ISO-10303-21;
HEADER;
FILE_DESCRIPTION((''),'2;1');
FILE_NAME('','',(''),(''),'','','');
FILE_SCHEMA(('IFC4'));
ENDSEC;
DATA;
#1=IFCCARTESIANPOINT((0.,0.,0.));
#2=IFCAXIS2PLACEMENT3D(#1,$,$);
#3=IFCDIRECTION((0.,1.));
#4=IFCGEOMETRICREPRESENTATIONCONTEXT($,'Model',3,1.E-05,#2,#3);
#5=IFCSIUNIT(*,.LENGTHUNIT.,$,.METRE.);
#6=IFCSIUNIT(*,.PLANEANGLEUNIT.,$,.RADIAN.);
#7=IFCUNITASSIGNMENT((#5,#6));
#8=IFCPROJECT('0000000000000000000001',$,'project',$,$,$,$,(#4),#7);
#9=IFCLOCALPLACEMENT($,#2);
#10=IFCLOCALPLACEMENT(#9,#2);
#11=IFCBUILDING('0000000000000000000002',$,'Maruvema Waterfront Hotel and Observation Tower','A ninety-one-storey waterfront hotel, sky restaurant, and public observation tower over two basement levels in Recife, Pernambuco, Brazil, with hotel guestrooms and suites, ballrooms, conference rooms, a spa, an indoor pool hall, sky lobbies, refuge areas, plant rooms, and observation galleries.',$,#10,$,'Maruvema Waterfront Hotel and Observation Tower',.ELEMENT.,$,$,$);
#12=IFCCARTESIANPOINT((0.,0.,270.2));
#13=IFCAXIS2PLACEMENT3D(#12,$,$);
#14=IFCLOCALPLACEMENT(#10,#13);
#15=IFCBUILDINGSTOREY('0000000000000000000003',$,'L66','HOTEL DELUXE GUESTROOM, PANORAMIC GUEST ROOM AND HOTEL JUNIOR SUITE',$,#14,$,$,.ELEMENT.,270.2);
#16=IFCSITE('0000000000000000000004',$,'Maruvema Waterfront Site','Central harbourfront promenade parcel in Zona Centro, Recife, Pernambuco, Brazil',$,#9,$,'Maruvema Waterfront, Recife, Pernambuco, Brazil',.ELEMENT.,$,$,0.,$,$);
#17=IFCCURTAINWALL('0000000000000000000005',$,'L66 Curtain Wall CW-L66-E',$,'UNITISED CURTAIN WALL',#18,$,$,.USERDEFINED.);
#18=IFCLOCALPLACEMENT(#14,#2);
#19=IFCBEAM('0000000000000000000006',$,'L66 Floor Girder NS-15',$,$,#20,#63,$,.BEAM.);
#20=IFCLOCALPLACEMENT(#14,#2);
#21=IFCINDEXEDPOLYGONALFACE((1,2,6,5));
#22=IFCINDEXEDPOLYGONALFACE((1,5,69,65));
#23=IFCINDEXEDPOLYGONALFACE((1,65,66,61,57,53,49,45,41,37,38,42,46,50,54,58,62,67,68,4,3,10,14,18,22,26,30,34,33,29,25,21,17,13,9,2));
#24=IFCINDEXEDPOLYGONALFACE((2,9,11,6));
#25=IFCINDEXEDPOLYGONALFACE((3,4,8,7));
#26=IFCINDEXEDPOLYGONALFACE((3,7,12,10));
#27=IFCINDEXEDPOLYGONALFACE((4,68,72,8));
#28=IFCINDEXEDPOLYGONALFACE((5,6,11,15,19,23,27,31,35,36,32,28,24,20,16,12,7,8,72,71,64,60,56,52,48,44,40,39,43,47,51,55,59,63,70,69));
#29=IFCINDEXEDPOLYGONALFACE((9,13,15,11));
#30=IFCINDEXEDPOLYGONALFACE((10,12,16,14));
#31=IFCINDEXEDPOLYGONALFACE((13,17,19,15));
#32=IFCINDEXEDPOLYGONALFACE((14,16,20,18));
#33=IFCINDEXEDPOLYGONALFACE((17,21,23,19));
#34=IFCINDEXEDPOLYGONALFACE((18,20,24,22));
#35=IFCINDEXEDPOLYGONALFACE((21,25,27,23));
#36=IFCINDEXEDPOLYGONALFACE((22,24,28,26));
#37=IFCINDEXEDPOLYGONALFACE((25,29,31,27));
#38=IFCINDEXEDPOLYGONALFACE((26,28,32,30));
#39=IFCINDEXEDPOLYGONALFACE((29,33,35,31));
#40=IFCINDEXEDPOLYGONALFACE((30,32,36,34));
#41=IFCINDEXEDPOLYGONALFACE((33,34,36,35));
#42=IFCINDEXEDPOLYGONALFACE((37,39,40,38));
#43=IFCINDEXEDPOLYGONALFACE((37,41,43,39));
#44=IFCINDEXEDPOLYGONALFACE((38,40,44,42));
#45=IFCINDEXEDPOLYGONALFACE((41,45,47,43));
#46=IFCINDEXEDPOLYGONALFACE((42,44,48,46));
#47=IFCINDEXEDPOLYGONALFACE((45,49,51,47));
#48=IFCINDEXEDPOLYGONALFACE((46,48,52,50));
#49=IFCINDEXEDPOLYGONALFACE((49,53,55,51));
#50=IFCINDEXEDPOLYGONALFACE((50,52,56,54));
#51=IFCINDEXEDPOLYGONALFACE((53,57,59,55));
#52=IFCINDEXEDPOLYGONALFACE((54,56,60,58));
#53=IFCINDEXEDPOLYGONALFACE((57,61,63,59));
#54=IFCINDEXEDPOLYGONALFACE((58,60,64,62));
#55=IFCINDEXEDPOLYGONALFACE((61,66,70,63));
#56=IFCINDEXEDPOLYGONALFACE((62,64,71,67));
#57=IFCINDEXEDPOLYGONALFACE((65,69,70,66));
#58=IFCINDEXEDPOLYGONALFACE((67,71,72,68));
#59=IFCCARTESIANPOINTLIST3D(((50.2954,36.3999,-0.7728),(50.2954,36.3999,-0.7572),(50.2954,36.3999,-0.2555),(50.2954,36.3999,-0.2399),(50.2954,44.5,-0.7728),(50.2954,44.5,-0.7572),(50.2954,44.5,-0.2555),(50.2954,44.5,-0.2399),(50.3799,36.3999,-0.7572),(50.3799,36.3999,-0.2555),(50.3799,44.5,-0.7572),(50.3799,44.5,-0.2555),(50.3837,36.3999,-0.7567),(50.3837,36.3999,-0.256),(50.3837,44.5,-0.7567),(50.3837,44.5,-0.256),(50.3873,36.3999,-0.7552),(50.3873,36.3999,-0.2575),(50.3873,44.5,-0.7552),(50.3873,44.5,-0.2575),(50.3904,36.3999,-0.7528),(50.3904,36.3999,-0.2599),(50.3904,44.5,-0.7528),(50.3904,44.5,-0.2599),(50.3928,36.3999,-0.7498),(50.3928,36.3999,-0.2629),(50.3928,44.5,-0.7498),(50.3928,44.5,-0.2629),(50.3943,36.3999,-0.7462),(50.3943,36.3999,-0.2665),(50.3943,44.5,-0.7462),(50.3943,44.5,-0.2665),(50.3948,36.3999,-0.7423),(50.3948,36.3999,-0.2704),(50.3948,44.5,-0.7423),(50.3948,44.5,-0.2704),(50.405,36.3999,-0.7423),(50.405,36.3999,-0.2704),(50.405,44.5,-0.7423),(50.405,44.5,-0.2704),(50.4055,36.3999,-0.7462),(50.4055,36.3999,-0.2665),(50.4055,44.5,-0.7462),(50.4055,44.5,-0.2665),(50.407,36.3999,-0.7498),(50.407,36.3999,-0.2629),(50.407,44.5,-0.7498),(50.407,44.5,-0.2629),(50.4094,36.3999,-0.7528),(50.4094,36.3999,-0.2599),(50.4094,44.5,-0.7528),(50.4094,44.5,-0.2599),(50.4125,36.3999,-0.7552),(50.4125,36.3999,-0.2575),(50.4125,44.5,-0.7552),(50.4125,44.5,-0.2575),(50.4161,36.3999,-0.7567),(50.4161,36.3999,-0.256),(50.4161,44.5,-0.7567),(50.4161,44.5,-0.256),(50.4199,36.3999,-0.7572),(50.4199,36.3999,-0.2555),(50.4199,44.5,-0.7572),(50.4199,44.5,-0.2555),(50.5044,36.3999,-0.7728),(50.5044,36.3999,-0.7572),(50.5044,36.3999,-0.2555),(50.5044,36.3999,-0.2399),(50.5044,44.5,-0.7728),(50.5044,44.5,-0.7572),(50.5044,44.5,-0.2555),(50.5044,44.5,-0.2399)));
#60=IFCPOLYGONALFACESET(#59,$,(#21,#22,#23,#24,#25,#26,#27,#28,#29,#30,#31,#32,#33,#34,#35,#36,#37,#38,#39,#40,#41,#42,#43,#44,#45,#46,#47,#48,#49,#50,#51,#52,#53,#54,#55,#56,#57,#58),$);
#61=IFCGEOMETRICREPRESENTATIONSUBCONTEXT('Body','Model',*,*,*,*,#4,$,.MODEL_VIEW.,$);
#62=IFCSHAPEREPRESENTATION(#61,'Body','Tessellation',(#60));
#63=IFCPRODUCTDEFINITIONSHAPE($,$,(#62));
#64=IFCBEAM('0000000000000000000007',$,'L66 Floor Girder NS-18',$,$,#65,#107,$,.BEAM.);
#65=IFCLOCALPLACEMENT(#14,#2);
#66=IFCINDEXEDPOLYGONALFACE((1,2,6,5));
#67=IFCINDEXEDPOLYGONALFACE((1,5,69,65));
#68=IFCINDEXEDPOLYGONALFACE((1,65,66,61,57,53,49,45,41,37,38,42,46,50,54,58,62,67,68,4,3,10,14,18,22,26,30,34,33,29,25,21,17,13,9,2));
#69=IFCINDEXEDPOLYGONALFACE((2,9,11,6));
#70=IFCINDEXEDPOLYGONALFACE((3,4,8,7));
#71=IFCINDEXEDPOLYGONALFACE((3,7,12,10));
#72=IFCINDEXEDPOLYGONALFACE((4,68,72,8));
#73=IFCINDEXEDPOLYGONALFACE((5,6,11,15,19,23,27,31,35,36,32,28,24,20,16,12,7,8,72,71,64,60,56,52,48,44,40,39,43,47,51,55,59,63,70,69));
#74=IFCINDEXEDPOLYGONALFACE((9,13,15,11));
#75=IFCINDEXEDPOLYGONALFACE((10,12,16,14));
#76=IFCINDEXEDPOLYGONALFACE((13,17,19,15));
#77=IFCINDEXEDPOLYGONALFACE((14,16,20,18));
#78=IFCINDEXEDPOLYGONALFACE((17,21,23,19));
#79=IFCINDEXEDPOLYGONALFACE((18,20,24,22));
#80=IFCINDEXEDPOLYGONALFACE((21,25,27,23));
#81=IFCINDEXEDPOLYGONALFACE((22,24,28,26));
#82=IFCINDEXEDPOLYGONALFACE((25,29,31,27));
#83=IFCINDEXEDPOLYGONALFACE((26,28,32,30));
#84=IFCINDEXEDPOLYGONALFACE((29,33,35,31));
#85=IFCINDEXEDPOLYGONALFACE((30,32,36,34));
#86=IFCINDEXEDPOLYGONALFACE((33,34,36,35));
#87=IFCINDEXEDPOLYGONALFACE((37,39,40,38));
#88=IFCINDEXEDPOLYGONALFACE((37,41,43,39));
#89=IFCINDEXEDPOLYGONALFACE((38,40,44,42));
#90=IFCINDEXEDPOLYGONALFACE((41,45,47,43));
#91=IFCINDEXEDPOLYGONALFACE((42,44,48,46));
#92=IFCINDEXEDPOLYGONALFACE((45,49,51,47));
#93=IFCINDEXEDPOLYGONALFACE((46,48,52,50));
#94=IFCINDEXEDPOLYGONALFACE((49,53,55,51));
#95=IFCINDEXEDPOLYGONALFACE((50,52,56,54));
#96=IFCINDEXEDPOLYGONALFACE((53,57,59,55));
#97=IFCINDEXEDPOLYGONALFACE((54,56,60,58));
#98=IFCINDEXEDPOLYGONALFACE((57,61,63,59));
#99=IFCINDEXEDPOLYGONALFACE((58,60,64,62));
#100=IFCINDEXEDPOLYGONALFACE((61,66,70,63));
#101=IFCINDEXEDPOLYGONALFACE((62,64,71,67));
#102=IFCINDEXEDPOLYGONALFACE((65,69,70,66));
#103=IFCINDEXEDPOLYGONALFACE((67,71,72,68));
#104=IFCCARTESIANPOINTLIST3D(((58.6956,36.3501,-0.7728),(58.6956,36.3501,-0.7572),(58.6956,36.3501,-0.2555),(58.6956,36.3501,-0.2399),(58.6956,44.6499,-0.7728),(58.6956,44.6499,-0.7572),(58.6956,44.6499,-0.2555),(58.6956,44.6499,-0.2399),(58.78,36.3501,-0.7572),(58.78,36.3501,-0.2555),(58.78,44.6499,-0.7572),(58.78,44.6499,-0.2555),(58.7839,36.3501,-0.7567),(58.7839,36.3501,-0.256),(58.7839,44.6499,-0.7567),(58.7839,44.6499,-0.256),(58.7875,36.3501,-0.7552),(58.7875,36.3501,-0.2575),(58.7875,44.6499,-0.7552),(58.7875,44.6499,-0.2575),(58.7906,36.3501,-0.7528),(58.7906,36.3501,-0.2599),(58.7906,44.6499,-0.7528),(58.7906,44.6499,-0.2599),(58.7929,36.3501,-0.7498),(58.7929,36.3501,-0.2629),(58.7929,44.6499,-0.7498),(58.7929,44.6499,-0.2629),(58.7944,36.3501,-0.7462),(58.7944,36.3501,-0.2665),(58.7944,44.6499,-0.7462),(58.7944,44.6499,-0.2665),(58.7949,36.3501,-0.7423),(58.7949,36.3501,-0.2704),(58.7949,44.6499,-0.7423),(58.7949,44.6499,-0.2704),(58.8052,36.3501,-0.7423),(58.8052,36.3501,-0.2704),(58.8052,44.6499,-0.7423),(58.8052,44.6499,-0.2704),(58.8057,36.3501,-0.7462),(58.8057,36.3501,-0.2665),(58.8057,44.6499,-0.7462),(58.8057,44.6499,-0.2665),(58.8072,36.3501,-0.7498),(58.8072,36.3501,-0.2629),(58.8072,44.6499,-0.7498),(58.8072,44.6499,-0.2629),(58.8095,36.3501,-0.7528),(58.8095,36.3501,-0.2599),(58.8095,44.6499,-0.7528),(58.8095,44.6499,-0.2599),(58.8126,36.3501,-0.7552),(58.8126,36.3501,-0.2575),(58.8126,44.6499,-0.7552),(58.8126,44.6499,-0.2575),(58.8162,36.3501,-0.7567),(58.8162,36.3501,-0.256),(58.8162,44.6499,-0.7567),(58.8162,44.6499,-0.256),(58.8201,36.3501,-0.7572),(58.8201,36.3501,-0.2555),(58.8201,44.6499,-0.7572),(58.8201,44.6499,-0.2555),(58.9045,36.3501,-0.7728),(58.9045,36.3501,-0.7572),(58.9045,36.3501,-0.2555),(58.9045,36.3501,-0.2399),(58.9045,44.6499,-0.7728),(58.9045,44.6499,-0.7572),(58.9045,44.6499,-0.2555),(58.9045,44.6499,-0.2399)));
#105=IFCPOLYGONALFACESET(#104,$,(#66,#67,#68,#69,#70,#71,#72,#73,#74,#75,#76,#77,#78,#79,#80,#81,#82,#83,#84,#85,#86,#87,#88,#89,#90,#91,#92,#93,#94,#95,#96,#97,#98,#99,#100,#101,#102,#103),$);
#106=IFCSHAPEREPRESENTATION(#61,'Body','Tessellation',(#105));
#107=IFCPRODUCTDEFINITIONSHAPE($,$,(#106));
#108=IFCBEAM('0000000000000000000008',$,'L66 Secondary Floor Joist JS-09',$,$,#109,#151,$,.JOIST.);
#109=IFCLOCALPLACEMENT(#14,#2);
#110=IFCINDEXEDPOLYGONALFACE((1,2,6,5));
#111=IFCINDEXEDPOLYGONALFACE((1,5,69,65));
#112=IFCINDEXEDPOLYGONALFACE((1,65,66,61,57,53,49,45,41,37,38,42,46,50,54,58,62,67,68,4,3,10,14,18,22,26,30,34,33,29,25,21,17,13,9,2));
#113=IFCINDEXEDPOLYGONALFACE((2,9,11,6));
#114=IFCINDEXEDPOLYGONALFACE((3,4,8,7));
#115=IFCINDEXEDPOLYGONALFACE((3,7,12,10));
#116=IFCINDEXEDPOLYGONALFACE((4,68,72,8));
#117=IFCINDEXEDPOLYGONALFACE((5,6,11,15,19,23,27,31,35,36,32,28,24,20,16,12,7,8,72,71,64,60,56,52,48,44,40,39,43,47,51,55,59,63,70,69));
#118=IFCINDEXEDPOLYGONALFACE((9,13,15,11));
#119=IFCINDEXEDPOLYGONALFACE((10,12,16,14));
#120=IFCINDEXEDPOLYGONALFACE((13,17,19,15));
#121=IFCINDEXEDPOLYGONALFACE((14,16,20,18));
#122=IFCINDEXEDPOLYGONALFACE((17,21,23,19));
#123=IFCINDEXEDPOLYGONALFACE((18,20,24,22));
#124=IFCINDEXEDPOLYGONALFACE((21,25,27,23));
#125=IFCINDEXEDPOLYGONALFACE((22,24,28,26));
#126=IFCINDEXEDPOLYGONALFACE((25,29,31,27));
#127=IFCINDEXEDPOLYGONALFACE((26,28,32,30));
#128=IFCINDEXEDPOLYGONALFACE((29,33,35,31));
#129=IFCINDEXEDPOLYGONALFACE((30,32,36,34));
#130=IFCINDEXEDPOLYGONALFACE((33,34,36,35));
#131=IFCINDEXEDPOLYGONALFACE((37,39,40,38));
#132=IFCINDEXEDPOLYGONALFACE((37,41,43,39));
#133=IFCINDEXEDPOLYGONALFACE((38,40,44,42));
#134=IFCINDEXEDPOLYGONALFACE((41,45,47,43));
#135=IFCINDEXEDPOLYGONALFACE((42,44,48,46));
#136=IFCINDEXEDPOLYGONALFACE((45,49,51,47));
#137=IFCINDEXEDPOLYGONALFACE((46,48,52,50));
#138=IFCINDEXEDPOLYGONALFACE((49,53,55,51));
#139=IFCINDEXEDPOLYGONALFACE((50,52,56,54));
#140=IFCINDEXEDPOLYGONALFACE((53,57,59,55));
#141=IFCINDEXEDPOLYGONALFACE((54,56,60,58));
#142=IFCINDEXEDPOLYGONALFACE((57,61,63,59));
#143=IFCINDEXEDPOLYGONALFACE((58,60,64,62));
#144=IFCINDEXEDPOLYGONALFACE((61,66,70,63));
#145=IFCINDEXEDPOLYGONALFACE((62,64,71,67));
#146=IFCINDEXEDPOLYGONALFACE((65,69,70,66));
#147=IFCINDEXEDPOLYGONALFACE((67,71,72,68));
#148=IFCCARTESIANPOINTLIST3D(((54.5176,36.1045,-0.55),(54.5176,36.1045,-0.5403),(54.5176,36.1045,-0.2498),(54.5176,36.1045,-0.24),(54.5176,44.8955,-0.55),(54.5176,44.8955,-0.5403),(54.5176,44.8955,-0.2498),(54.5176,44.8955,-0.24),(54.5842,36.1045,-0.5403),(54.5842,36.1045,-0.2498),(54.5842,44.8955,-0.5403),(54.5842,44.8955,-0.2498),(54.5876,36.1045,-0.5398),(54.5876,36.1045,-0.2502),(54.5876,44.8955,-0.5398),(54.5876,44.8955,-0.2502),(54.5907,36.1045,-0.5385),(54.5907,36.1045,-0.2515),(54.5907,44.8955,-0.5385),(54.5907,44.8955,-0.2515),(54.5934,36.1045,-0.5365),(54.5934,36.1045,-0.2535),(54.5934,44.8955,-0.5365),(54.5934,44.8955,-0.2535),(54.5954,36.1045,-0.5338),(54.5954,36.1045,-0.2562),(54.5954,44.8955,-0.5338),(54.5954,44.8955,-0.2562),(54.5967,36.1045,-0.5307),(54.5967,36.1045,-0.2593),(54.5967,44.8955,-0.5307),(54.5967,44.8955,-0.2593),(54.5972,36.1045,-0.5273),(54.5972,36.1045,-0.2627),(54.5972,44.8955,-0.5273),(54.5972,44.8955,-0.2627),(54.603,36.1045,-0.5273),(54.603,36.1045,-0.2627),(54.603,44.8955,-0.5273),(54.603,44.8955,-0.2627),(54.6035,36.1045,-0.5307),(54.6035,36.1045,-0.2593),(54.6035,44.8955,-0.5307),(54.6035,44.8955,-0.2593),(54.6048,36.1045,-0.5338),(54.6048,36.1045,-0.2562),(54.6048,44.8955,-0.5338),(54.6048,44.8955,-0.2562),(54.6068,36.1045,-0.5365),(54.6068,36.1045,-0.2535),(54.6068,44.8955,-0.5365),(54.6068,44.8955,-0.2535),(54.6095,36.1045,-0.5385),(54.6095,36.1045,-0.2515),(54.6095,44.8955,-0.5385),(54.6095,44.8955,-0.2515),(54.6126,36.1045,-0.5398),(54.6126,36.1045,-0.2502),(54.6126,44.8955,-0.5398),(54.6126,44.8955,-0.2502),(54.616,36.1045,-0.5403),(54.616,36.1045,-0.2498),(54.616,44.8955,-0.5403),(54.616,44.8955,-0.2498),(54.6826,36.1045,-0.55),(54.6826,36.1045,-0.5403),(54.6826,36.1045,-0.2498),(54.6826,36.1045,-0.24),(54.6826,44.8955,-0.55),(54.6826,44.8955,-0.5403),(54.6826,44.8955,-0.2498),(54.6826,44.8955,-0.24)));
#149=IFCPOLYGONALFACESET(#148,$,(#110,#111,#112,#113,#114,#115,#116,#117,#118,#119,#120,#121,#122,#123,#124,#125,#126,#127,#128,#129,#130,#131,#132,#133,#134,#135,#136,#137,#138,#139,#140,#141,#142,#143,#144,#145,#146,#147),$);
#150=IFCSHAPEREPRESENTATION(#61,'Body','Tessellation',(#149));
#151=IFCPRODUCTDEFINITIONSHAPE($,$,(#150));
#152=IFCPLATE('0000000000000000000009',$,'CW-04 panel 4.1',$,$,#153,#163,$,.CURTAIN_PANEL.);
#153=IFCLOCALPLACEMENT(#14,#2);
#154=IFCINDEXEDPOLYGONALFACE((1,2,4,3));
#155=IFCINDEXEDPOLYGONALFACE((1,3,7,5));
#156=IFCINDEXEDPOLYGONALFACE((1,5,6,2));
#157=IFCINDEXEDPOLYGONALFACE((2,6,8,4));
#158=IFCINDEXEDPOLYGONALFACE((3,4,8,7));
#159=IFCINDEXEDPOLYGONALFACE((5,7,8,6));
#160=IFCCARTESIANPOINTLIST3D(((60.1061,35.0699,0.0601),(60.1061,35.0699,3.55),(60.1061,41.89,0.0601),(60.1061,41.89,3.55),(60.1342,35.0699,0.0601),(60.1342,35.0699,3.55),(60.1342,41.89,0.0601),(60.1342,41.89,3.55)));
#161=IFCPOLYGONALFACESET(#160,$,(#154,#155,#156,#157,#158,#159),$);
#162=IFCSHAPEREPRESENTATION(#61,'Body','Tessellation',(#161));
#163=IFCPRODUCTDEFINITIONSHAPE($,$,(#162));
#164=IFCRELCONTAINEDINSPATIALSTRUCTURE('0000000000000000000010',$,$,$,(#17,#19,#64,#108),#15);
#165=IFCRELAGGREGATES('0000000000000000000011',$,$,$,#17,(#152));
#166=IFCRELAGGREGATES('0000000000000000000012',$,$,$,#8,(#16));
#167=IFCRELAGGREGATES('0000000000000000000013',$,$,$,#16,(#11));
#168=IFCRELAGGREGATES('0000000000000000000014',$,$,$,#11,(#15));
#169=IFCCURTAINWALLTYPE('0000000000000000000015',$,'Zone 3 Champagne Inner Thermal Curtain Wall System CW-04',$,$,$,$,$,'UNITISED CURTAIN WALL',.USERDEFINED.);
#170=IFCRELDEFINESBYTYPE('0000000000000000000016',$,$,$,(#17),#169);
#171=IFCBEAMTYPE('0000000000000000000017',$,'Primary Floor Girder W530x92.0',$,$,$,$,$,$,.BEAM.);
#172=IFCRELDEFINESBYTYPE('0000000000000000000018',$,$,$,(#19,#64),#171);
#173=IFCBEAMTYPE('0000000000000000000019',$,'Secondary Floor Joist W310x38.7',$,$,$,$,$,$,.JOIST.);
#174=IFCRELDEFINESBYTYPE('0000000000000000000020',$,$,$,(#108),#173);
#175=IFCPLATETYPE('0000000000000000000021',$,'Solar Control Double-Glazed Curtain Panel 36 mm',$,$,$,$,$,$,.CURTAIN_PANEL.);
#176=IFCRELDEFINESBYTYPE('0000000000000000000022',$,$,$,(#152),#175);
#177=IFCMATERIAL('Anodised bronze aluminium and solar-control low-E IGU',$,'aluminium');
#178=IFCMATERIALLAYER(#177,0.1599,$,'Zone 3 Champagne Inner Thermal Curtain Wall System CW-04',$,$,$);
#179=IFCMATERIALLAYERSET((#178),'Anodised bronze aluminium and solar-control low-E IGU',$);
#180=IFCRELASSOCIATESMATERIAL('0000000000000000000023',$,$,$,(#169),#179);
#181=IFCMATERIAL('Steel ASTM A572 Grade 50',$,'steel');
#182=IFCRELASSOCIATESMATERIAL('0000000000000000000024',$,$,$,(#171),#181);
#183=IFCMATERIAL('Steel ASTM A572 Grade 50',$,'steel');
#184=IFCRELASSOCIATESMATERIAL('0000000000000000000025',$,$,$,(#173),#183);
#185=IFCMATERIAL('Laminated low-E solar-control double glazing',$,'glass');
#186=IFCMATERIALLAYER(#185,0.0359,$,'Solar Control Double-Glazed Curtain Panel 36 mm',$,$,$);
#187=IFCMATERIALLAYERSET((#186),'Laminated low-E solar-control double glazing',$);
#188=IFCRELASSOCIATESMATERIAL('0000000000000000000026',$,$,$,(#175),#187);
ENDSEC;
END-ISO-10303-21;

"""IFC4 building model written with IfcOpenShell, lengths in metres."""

from ifc_helpers import new_model, si_unit, direction, frame, origin, origin_2d, place, context, subcontext, project, spatial, rectangle, i_section, extrude, material, layer, layer_set, material_profile, profile_set, type_object, element, aggregate, save


model = new_model("IFC4")

# Units and contexts
model_context = context("Model", 3, precision=1e-05, world=origin(), true_north=direction((0.0, 1.0)))
body_context = subcontext(model_context, "Body", "Model", "MODEL_VIEW")
ifc_project = project(units=[si_unit("LENGTHUNIT", "METRE"), si_unit("PLANEANGLEUNIT", "RADIAN")], contexts=[model_context])

# Site, building, storey
site_placement = place(None, origin())
site = spatial("IfcSite", under=ifc_project, at=site_placement, Name="Maruvema Waterfront Site", Description="Central harbourfront promenade parcel in Zona Centro, Recife, Pernambuco, Brazil", LongName="Maruvema Waterfront, Recife, Pernambuco, Brazil", CompositionType="ELEMENT", RefElevation=0.0)
building_placement = place(site_placement, origin())
building = spatial("IfcBuilding", under=site, at=building_placement, Name="Maruvema Waterfront Hotel and Observation Tower", Description="A ninety-one-storey waterfront hotel, sky restaurant, and public observation tower over two basement levels in Recife, Pernambuco, Brazil, with hotel guestrooms and suites, ballrooms, conference rooms, a spa, an indoor pool hall, sky lobbies, refuge areas, plant rooms, and observation galleries.", LongName="Maruvema Waterfront Hotel and Observation Tower", CompositionType="ELEMENT")
storey_placement = place(building_placement, frame((0.0, 0.0, 270.2)))
storey = spatial("IfcBuildingStorey", under=building, at=storey_placement, Name="L66", Description="HOTEL DELUXE GUESTROOM, PANORAMIC GUEST ROOM AND HOTEL JUNIOR SUITE", CompositionType="ELEMENT", Elevation=270.2)

# Curtain wall
ifc_material_1 = material(Name="Anodised bronze aluminium and solar-control low-E IGU", Category="aluminium")
ifc_layer_1 = layer(ifc_material_1, 0.1599, Name="Zone 3 Champagne Inner Thermal Curtain Wall System CW-04")
ifc_layer_set_1 = layer_set([ifc_layer_1], Name="Anodised bronze aluminium and solar-control low-E IGU")
curtain_wall_type = type_object("IfcCurtainWallType", Name="Zone 3 Champagne Inner Thermal Curtain Wall System CW-04", ElementType="UNITISED CURTAIN WALL", PredefinedType="USERDEFINED", material=ifc_layer_set_1)
curtain_wall_placement = place(storey_placement, origin())
curtain_wall = element("IfcCurtainWall", 1, at=curtain_wall_placement, inside=storey, type_object=curtain_wall_type, Name="L66 Curtain Wall CW-L66-E", ObjectType="UNITISED CURTAIN WALL", PredefinedType="USERDEFINED")

# Beams
ifc_material_2 = material(Name="Steel ASTM A572 Grade 50", Category="steel")
ifc_material_profile_1 = material_profile(ifc_material_2, i_section(OverallWidth=0.209, OverallDepth=0.533, WebThickness=0.0103, FlangeThickness=0.0156, FilletRadius=0.0149, at=origin_2d()), Name="W530x92.0")
ifc_profile_set_1 = profile_set([ifc_material_profile_1], Name="Steel ASTM A572 Grade 50")
beam_type_1 = type_object("IfcBeamType", Name="Primary Floor Girder W530x92.0", PredefinedType="BEAM", material=ifc_profile_set_1)
beam_1_placement = place(storey_placement, frame((50.3999, 36.3999, -0.5063), z_axis=(0.0, 1.0, 0.0), x_axis=(-1.0, 0.0, 0.0)))
element("IfcBeam", 2, at=beam_1_placement, inside=storey, type_object=beam_type_1, Name="L66 Floor Girder NS-15", PredefinedType="BEAM", context=body_context, shape_type="SweptSolid", body=[
    extrude(i_section(OverallWidth=0.209, OverallDepth=0.533, WebThickness=0.0103, FlangeThickness=0.0156, FilletRadius=0.0149, at=origin_2d()), origin(), (0.0, 0.0, 1.0), 8.1001),
])
beam_2_placement = place(storey_placement, frame((58.8, 36.3501, -0.5063), z_axis=(0.0, 1.0, 0.0), x_axis=(-1.0, 0.0, 0.0)))
element("IfcBeam", 3, at=beam_2_placement, inside=storey, type_object=beam_type_1, Name="L66 Floor Girder NS-18", PredefinedType="BEAM", context=body_context, shape_type="SweptSolid", body=[
    extrude(i_section(OverallWidth=0.209, OverallDepth=0.533, WebThickness=0.0103, FlangeThickness=0.0156, FilletRadius=0.0149, at=origin_2d()), origin(), (0.0, 0.0, 1.0), 8.2998),
])
ifc_material_3 = material(Name="Steel ASTM A572 Grade 50", Category="steel")
ifc_material_profile_2 = material_profile(ifc_material_3, i_section(OverallWidth=0.165, OverallDepth=0.3101, WebThickness=0.0059, FlangeThickness=0.0098, FilletRadius=0.0129, at=origin_2d()), Name="W310x38.7")
ifc_profile_set_2 = profile_set([ifc_material_profile_2], Name="Steel ASTM A572 Grade 50")
beam_type_2 = type_object("IfcBeamType", Name="Secondary Floor Joist W310x38.7", PredefinedType="JOIST", material=ifc_profile_set_2)
beam_3_placement = place(storey_placement, frame((54.6001, 36.1045, -0.395), z_axis=(0.0, 1.0, 0.0), x_axis=(-1.0, 0.0, 0.0)))
element("IfcBeam", 4, at=beam_3_placement, inside=storey, type_object=beam_type_2, Name="L66 Secondary Floor Joist JS-09", PredefinedType="JOIST", context=body_context, shape_type="SweptSolid", body=[
    extrude(i_section(OverallWidth=0.165, OverallDepth=0.3101, WebThickness=0.0059, FlangeThickness=0.0098, FilletRadius=0.0129, at=origin_2d()), origin(), (0.0, 0.0, 1.0), 8.791),
])

# Plate
ifc_material_4 = material(Name="Laminated low-E solar-control double glazing", Category="glass")
ifc_layer_2 = layer(ifc_material_4, 0.0359, Name="Solar Control Double-Glazed Curtain Panel 36 mm")
ifc_layer_set_2 = layer_set([ifc_layer_2], Name="Laminated low-E solar-control double glazing")
plate_type = type_object("IfcPlateType", Name="Solar Control Double-Glazed Curtain Panel 36 mm", PredefinedType="CURTAIN_PANEL", material=ifc_layer_set_2)
plate_placement = place(storey_placement, frame((60.1201, 38.48, 0.0601), z_axis=(0.0, 0.0, 1.0), x_axis=(0.0, 1.0, 0.0)))
plate = element("IfcPlate", 5, at=plate_placement, type_object=plate_type, Name="CW-04 panel 4.1", PredefinedType="CURTAIN_PANEL", context=body_context, shape_type="SweptSolid", body=[
    extrude(rectangle(XDim=6.8201, YDim=0.0281, at=origin_2d()), origin(), (0.0, 0.0, 1.0), 3.49),
])
aggregate(curtain_wall, [plate])

save(model, "model.ifc")
